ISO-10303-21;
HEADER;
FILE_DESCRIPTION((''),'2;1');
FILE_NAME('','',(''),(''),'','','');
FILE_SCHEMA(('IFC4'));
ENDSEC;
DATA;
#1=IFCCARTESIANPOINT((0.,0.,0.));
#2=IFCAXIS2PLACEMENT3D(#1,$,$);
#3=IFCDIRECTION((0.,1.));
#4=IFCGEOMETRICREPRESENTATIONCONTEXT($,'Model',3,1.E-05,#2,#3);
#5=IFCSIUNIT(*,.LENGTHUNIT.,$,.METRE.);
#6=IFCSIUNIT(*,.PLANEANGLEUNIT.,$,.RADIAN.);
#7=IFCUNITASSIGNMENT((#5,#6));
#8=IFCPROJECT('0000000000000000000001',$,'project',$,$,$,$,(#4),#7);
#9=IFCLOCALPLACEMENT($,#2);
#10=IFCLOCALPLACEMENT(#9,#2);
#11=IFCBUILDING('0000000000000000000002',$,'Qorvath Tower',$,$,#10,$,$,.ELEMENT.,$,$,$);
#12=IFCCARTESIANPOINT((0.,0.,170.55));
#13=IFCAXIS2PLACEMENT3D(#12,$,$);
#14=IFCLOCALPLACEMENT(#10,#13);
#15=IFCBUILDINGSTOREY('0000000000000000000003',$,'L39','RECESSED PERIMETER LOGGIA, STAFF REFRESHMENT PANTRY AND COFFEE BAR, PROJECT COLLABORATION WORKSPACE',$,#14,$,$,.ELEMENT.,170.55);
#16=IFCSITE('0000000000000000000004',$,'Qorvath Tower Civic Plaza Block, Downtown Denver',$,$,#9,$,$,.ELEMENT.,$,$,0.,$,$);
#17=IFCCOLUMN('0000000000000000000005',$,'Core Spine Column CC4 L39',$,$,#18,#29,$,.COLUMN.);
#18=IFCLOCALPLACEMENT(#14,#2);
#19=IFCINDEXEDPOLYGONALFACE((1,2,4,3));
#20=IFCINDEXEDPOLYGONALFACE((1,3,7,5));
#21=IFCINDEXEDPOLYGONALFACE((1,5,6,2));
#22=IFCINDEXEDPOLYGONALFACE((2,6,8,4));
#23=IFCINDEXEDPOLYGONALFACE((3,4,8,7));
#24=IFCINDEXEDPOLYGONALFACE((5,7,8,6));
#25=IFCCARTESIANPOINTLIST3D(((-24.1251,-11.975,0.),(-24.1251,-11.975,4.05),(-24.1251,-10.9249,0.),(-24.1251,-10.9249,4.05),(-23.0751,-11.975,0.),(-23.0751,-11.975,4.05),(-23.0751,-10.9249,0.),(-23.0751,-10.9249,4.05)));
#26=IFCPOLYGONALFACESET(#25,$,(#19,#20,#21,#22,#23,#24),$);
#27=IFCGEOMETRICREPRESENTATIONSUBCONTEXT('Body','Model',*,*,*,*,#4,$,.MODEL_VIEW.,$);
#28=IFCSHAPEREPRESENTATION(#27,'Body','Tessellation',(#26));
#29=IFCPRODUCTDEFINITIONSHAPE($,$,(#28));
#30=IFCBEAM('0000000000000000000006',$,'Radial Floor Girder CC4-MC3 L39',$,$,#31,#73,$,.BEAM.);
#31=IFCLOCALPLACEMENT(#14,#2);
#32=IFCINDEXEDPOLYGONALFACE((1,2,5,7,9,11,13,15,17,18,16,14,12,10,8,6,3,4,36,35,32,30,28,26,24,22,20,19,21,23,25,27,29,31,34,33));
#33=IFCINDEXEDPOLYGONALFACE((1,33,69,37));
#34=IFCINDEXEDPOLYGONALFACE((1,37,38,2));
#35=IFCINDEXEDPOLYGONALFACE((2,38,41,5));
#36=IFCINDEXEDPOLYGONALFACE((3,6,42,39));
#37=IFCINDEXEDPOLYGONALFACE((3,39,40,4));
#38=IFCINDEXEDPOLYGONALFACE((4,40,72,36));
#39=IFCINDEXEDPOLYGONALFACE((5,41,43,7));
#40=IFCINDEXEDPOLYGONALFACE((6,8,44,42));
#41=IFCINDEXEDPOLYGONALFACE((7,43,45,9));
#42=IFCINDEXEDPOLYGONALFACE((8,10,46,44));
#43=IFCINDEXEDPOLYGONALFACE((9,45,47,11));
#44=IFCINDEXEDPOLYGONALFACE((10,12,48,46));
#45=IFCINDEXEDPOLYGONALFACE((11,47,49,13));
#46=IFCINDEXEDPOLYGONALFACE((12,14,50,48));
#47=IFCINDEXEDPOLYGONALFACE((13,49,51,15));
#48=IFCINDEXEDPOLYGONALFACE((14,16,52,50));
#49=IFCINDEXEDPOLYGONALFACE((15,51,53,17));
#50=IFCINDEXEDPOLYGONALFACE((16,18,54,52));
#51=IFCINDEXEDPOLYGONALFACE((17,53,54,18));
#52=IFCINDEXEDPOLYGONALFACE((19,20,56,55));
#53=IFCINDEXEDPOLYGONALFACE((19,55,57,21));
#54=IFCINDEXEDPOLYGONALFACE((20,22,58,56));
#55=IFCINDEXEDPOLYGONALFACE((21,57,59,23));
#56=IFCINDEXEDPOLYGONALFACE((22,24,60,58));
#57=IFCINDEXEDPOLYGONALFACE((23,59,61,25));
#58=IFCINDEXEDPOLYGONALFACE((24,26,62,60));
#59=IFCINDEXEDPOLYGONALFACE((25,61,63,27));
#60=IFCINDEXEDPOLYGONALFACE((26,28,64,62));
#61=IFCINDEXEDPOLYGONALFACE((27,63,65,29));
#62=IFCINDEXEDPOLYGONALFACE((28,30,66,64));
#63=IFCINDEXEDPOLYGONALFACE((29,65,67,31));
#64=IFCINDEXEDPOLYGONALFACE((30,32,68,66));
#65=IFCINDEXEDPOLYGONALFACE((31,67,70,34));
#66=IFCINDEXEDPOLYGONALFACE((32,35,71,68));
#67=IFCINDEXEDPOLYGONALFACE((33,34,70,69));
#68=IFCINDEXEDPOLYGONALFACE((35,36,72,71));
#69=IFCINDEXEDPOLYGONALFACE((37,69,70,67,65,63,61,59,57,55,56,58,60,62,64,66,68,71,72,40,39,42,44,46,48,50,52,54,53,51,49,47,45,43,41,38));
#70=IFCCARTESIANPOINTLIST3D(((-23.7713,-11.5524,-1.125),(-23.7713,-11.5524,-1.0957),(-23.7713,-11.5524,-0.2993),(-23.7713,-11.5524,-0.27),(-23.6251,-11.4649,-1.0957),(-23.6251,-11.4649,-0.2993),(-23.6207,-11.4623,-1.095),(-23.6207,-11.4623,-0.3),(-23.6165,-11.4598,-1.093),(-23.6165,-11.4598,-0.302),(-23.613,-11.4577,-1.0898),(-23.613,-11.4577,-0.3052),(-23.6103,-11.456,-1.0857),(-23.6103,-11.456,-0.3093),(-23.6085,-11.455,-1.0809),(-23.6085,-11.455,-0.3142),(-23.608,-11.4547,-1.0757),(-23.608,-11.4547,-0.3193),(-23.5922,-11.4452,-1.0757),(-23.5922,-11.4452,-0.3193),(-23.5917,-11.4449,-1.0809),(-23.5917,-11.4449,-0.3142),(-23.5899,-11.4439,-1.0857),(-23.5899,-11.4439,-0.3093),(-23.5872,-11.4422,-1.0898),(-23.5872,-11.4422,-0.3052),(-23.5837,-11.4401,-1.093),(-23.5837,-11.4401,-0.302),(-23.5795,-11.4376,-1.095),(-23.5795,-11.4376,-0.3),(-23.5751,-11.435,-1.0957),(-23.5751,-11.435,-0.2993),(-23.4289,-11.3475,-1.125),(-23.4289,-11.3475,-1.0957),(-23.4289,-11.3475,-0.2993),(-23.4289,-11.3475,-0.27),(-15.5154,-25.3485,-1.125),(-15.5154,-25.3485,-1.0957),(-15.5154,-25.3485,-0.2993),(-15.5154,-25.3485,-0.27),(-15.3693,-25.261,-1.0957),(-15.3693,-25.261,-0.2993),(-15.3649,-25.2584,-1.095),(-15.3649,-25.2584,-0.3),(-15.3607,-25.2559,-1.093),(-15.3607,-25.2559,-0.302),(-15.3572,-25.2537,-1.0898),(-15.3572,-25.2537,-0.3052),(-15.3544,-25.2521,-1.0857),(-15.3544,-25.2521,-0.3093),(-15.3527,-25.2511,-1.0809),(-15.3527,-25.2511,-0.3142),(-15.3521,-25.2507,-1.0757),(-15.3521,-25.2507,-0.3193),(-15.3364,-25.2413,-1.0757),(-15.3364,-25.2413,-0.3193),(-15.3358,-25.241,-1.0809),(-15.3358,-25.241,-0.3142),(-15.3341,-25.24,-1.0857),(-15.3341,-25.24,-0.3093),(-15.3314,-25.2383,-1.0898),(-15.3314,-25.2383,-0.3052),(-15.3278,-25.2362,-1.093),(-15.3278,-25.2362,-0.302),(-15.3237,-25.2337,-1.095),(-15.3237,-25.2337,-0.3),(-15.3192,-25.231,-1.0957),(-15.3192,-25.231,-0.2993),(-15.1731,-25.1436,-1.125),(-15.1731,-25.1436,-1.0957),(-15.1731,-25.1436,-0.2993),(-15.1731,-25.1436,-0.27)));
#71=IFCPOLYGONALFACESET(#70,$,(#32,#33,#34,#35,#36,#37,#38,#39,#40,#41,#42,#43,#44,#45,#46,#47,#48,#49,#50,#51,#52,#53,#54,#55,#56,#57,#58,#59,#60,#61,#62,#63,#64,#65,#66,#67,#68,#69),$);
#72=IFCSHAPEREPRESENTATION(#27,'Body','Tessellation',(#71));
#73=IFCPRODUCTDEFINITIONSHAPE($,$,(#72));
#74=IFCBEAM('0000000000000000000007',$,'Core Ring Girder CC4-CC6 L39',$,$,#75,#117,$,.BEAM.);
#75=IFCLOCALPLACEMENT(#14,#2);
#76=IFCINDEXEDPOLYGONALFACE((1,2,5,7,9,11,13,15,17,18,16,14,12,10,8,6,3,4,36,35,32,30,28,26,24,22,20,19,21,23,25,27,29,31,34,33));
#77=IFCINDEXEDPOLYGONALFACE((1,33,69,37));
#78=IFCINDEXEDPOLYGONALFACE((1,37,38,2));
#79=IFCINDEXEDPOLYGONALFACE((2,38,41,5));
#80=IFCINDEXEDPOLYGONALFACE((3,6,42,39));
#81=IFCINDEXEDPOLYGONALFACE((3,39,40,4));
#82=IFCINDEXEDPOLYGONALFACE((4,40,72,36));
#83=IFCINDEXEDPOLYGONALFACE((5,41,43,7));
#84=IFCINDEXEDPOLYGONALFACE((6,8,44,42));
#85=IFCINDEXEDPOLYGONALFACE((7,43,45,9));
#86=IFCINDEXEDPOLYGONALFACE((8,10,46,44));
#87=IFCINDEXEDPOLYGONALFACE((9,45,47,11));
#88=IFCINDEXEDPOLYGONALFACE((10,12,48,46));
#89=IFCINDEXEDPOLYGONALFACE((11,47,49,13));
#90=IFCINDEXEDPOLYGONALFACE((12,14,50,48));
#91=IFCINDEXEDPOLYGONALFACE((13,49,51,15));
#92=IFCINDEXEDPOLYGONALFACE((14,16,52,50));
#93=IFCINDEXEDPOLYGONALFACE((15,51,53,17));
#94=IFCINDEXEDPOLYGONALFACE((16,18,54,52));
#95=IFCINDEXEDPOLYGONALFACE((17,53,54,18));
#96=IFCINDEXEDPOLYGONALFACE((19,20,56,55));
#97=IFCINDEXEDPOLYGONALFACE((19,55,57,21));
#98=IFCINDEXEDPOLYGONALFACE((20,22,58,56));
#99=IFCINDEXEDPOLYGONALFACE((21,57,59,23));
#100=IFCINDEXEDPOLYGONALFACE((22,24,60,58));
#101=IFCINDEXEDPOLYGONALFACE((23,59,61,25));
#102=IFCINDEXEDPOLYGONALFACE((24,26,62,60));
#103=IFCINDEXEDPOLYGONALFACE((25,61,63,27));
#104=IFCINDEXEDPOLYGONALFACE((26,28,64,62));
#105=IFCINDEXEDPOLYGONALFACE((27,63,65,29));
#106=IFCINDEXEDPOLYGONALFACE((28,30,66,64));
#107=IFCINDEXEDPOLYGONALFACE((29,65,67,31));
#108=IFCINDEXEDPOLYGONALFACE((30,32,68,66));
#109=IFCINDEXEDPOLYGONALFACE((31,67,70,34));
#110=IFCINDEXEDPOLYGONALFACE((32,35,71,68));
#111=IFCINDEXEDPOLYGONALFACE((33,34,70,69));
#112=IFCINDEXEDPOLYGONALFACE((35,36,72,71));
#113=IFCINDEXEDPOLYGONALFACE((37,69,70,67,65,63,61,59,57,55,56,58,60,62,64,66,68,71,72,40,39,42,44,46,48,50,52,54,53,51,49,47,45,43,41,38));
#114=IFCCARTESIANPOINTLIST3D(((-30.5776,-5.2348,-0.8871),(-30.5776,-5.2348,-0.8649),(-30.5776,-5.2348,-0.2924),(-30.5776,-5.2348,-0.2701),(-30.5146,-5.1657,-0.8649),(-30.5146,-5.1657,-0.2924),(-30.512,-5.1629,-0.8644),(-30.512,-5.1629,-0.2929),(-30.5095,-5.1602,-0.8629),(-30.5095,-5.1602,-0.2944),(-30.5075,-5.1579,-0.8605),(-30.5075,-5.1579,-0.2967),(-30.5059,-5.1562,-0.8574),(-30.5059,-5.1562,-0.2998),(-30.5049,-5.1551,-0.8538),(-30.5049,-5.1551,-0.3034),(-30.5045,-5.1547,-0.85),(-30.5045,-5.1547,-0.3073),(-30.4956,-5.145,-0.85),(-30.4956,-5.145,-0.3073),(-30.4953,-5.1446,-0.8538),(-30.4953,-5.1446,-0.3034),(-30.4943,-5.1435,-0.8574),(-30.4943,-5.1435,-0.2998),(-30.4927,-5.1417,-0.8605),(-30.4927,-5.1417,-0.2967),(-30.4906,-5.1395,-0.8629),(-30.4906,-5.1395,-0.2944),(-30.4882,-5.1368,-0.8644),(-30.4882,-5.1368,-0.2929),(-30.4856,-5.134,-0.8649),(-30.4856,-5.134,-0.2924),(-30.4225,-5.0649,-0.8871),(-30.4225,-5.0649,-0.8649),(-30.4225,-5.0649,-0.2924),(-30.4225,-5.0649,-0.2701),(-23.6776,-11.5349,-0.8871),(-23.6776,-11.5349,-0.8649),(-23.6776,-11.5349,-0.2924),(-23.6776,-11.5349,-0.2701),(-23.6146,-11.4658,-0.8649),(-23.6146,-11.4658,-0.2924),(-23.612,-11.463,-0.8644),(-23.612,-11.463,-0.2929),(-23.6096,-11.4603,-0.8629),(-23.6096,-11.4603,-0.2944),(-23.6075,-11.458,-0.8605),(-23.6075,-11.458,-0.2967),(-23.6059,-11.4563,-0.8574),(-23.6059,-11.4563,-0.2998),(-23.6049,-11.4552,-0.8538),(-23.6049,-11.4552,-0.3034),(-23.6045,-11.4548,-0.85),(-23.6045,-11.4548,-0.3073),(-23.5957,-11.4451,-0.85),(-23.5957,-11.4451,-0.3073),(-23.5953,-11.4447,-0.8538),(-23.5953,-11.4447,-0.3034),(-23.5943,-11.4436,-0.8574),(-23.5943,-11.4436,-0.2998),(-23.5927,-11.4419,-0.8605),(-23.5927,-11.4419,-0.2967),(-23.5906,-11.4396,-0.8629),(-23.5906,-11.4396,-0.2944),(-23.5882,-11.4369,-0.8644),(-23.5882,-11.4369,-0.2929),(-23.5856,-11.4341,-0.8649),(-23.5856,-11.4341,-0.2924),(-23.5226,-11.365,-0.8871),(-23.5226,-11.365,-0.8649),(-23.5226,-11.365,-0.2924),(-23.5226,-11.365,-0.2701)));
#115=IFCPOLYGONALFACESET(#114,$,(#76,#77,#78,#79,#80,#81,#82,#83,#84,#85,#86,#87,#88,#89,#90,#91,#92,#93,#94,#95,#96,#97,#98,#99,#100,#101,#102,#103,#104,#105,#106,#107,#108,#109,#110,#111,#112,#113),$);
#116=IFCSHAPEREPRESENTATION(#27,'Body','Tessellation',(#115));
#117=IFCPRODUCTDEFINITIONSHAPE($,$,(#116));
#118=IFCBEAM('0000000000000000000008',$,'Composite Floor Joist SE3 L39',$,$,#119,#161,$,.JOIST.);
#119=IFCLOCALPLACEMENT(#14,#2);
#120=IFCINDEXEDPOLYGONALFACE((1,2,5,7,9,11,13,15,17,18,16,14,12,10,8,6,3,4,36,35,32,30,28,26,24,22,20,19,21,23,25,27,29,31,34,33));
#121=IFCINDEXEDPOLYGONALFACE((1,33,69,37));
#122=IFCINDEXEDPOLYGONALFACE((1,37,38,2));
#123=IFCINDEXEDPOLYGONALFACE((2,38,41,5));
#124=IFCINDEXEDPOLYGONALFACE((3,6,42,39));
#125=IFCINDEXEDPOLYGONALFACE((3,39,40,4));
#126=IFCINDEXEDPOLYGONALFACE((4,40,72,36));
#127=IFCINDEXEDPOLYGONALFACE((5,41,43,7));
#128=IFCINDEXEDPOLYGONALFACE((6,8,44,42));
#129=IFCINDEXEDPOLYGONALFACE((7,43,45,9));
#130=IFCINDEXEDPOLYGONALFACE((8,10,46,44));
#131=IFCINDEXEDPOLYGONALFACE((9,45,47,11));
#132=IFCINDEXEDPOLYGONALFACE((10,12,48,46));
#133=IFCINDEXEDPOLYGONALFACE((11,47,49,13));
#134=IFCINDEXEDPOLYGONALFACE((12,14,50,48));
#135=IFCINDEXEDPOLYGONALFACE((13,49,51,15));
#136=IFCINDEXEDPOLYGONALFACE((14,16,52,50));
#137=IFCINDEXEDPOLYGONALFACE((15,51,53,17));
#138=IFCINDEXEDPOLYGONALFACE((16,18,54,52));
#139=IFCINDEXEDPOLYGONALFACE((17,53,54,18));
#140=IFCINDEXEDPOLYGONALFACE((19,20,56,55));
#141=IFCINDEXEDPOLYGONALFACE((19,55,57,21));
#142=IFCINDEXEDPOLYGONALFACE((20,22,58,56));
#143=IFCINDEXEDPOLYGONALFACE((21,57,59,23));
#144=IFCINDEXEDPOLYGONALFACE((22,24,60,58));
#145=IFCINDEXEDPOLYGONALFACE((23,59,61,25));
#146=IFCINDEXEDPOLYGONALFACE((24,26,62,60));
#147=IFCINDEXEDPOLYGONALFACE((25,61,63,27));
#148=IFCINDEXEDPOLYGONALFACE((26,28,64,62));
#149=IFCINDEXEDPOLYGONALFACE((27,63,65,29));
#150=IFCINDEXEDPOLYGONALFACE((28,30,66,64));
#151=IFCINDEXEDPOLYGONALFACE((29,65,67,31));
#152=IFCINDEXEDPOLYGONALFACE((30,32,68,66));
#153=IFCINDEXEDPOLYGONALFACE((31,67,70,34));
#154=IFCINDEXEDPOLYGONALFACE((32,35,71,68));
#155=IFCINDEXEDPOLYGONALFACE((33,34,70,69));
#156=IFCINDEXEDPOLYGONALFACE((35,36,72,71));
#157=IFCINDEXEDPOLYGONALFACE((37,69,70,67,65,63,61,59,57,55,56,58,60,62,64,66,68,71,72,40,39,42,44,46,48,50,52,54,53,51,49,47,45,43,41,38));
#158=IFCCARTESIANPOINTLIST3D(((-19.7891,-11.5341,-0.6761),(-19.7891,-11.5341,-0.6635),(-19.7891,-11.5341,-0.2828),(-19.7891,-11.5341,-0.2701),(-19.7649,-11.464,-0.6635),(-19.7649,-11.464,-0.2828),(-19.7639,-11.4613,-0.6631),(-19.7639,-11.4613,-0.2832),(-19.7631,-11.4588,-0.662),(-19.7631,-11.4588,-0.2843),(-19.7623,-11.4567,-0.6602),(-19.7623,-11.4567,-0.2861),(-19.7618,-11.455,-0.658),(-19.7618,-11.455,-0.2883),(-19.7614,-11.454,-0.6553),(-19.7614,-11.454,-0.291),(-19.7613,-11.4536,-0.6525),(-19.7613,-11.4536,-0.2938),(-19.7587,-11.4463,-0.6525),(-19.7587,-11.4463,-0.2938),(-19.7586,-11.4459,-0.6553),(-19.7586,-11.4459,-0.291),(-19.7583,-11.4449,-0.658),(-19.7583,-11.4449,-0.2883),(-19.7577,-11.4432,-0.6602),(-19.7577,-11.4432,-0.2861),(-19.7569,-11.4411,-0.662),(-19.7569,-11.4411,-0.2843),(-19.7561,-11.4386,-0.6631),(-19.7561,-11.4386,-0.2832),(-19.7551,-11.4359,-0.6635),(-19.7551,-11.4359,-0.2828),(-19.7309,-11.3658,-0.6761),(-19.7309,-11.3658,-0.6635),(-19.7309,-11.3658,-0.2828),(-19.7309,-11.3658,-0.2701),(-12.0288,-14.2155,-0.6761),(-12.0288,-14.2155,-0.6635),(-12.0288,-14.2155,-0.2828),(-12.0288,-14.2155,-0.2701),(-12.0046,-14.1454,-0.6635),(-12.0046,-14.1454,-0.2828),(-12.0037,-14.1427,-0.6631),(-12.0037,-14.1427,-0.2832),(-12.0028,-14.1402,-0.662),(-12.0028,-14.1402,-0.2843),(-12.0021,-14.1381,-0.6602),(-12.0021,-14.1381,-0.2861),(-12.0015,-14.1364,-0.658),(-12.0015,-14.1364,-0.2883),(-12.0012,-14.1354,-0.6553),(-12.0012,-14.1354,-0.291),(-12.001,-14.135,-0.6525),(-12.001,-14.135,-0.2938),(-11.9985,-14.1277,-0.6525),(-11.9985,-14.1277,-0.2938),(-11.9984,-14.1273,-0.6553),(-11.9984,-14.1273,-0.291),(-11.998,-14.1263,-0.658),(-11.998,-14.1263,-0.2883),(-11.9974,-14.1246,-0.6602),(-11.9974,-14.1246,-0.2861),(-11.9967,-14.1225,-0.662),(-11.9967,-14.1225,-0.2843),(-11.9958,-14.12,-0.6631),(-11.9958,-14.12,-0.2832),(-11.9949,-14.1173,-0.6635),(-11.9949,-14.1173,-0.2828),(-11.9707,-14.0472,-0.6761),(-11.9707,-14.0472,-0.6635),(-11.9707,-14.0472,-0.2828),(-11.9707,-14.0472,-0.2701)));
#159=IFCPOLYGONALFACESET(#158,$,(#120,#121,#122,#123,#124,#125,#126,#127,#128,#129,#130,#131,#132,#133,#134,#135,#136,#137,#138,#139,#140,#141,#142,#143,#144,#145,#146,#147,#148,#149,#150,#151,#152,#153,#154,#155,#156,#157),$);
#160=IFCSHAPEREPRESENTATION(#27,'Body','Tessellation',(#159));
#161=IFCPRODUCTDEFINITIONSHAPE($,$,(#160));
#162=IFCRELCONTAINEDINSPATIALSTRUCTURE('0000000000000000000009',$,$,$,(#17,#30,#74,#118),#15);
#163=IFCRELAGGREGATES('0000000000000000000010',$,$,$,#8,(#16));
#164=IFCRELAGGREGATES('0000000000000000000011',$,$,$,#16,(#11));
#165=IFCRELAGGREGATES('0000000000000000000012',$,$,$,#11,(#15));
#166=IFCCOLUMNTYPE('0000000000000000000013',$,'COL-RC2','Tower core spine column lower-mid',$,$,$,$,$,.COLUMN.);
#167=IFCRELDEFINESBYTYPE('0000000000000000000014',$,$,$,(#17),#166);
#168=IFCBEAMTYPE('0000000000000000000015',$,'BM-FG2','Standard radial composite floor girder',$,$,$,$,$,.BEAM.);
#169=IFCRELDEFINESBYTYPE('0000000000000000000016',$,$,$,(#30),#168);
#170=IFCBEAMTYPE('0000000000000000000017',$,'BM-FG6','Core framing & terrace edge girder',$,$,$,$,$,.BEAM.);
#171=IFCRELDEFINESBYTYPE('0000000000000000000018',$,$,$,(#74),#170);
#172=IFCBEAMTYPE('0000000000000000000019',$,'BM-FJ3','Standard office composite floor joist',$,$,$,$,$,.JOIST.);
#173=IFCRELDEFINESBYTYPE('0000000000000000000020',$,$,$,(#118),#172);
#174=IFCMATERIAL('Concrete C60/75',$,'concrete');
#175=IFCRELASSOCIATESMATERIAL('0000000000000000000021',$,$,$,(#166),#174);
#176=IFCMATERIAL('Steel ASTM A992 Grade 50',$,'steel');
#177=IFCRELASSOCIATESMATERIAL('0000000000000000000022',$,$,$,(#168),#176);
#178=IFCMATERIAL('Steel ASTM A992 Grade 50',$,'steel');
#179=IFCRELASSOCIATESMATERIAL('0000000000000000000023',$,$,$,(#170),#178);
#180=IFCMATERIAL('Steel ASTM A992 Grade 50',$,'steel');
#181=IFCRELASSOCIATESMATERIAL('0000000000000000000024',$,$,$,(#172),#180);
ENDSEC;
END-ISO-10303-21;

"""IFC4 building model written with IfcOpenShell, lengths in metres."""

from ifc_helpers import new_model, si_unit, direction, frame, origin, origin_2d, place, context, subcontext, project, spatial, rectangle, i_section, extrude, material, material_profile, profile_set, type_object, element, save


model = new_model("IFC4")

# Units and contexts
model_context = context("Model", 3, precision=1e-05, world=origin(), true_north=direction((0.0, 1.0)))
body_context = subcontext(model_context, "Body", "Model", "MODEL_VIEW")
ifc_project = project(units=[si_unit("LENGTHUNIT", "METRE"), si_unit("PLANEANGLEUNIT", "RADIAN")], contexts=[model_context])

# Site, building, storey
site_placement = place(None, origin())
site = spatial("IfcSite", under=ifc_project, at=site_placement, Name="Qorvath Tower Civic Plaza Block, Downtown Denver", CompositionType="ELEMENT", RefElevation=0.0)
building_placement = place(site_placement, origin())
building = spatial("IfcBuilding", under=site, at=building_placement, Name="Qorvath Tower", CompositionType="ELEMENT")
storey_placement = place(building_placement, frame((0.0, 0.0, 170.55)))
storey = spatial("IfcBuildingStorey", under=building, at=storey_placement, Name="L39", Description="RECESSED PERIMETER LOGGIA, STAFF REFRESHMENT PANTRY AND COFFEE BAR, PROJECT COLLABORATION WORKSPACE", CompositionType="ELEMENT", Elevation=170.55)

# Column
ifc_material_1 = material(Name="Concrete C60/75", Category="concrete")
ifc_material_profile_1 = material_profile(ifc_material_1, rectangle(XDim=1.05, YDim=1.05, at=origin_2d()), Name="RC 1050x1050")
ifc_profile_set_1 = profile_set([ifc_material_profile_1], Name="Concrete C60/75")
column_type = type_object("IfcColumnType", Name="COL-RC2", Description="Tower core spine column lower-mid", PredefinedType="COLUMN", material=ifc_profile_set_1)
column_placement = place(storey_placement, frame((-23.6001, -11.45, 0.0), z_axis=(0.0, 0.0, 1.0), x_axis=(1.0, 0.0, 0.0)))
element("IfcColumn", 1, at=column_placement, inside=storey, type_object=column_type, Name="Core Spine Column CC4 L39", PredefinedType="COLUMN", context=body_context, shape_type="SweptSolid", body=[
    extrude(rectangle(XDim=1.05, YDim=1.05, at=origin_2d()), origin(), (0.0, 0.0, 1.0), 4.05),
])

# Beams
ifc_material_2 = material(Name="Steel ASTM A992 Grade 50", Category="steel")
ifc_material_profile_2 = material_profile(ifc_material_2, i_section(OverallWidth=0.3989, OverallDepth=0.855, WebThickness=0.0183, FlangeThickness=0.0293, FilletRadius=0.02, at=origin_2d()), Name="W33x201")
ifc_profile_set_2 = profile_set([ifc_material_profile_2], Name="Steel ASTM A992 Grade 50")
beam_type_1 = type_object("IfcBeamType", Name="BM-FG2", Description="Standard radial composite floor girder", PredefinedType="BEAM", material=ifc_profile_set_2)
beam_1_placement = place(storey_placement, frame((-23.6001, -11.45, -0.6975), z_axis=(0.513497, -0.858091, 0.0), x_axis=(0.858091, 0.513497, 0.0)))
element("IfcBeam", 2, at=beam_1_placement, inside=storey, type_object=beam_type_1, Name="Radial Floor Girder CC4-MC3 L39", PredefinedType="BEAM", context=body_context, shape_type="SweptSolid", body=[
    extrude(i_section(OverallWidth=0.3989, OverallDepth=0.855, WebThickness=0.0183, FlangeThickness=0.0293, FilletRadius=0.02, at=origin_2d()), origin(), (0.0, 0.0, 1.0), 16.0776),
])
ifc_material_3 = material(Name="Steel ASTM A992 Grade 50", Category="steel")
ifc_material_profile_3 = material_profile(ifc_material_3, i_section(OverallWidth=0.23, OverallDepth=0.6169, WebThickness=0.0132, FlangeThickness=0.0222, FilletRadius=0.0149, at=origin_2d()), Name="W24x94")
ifc_profile_set_3 = profile_set([ifc_material_profile_3], Name="Steel ASTM A992 Grade 50")
beam_type_2 = type_object("IfcBeamType", Name="BM-FG6", Description="Core framing & terrace edge girder", PredefinedType="BEAM", material=ifc_profile_set_3)
beam_2_placement = place(storey_placement, frame((-23.6001, -11.45, -0.5786), z_axis=(-0.738478, 0.674277, 0.0), x_axis=(-0.674277, -0.738478, 0.0)))
element("IfcBeam", 3, at=beam_2_placement, inside=storey, type_object=beam_type_2, Name="Core Ring Girder CC4-CC6 L39", PredefinedType="BEAM", context=body_context, shape_type="SweptSolid", body=[
    extrude(i_section(OverallWidth=0.23, OverallDepth=0.6169, WebThickness=0.0132, FlangeThickness=0.0222, FilletRadius=0.0149, at=origin_2d()), origin(), (0.0, 0.0, 1.0), 9.3435),
])
ifc_material_4 = material(Name="Steel ASTM A992 Grade 50", Category="steel")
ifc_material_profile_4 = material_profile(ifc_material_4, i_section(OverallWidth=0.178, OverallDepth=0.406, WebThickness=0.0078, FlangeThickness=0.0127, FilletRadius=0.011, at=origin_2d()), Name="W16x40")
ifc_profile_set_4 = profile_set([ifc_material_profile_4], Name="Steel ASTM A992 Grade 50")
beam_type_3 = type_object("IfcBeamType", Name="BM-FJ3", Description="Standard office composite floor joist", PredefinedType="JOIST", material=ifc_profile_set_4)
beam_3_placement = place(storey_placement, frame((-19.76, -11.45, -0.4731), z_axis=(0.945168, -0.326584, 0.0), x_axis=(0.326584, 0.945168, 0.0)))
element("IfcBeam", 4, at=beam_3_placement, inside=storey, type_object=beam_type_3, Name="Composite Floor Joist SE3 L39", PredefinedType="JOIST", context=body_context, shape_type="SweptSolid", body=[
    extrude(i_section(OverallWidth=0.178, OverallDepth=0.406, WebThickness=0.0078, FlangeThickness=0.0127, FilletRadius=0.011, at=origin_2d()), origin(), (0.0, 0.0, 1.0), 8.2104),
])

save(model, "model.ifc")
